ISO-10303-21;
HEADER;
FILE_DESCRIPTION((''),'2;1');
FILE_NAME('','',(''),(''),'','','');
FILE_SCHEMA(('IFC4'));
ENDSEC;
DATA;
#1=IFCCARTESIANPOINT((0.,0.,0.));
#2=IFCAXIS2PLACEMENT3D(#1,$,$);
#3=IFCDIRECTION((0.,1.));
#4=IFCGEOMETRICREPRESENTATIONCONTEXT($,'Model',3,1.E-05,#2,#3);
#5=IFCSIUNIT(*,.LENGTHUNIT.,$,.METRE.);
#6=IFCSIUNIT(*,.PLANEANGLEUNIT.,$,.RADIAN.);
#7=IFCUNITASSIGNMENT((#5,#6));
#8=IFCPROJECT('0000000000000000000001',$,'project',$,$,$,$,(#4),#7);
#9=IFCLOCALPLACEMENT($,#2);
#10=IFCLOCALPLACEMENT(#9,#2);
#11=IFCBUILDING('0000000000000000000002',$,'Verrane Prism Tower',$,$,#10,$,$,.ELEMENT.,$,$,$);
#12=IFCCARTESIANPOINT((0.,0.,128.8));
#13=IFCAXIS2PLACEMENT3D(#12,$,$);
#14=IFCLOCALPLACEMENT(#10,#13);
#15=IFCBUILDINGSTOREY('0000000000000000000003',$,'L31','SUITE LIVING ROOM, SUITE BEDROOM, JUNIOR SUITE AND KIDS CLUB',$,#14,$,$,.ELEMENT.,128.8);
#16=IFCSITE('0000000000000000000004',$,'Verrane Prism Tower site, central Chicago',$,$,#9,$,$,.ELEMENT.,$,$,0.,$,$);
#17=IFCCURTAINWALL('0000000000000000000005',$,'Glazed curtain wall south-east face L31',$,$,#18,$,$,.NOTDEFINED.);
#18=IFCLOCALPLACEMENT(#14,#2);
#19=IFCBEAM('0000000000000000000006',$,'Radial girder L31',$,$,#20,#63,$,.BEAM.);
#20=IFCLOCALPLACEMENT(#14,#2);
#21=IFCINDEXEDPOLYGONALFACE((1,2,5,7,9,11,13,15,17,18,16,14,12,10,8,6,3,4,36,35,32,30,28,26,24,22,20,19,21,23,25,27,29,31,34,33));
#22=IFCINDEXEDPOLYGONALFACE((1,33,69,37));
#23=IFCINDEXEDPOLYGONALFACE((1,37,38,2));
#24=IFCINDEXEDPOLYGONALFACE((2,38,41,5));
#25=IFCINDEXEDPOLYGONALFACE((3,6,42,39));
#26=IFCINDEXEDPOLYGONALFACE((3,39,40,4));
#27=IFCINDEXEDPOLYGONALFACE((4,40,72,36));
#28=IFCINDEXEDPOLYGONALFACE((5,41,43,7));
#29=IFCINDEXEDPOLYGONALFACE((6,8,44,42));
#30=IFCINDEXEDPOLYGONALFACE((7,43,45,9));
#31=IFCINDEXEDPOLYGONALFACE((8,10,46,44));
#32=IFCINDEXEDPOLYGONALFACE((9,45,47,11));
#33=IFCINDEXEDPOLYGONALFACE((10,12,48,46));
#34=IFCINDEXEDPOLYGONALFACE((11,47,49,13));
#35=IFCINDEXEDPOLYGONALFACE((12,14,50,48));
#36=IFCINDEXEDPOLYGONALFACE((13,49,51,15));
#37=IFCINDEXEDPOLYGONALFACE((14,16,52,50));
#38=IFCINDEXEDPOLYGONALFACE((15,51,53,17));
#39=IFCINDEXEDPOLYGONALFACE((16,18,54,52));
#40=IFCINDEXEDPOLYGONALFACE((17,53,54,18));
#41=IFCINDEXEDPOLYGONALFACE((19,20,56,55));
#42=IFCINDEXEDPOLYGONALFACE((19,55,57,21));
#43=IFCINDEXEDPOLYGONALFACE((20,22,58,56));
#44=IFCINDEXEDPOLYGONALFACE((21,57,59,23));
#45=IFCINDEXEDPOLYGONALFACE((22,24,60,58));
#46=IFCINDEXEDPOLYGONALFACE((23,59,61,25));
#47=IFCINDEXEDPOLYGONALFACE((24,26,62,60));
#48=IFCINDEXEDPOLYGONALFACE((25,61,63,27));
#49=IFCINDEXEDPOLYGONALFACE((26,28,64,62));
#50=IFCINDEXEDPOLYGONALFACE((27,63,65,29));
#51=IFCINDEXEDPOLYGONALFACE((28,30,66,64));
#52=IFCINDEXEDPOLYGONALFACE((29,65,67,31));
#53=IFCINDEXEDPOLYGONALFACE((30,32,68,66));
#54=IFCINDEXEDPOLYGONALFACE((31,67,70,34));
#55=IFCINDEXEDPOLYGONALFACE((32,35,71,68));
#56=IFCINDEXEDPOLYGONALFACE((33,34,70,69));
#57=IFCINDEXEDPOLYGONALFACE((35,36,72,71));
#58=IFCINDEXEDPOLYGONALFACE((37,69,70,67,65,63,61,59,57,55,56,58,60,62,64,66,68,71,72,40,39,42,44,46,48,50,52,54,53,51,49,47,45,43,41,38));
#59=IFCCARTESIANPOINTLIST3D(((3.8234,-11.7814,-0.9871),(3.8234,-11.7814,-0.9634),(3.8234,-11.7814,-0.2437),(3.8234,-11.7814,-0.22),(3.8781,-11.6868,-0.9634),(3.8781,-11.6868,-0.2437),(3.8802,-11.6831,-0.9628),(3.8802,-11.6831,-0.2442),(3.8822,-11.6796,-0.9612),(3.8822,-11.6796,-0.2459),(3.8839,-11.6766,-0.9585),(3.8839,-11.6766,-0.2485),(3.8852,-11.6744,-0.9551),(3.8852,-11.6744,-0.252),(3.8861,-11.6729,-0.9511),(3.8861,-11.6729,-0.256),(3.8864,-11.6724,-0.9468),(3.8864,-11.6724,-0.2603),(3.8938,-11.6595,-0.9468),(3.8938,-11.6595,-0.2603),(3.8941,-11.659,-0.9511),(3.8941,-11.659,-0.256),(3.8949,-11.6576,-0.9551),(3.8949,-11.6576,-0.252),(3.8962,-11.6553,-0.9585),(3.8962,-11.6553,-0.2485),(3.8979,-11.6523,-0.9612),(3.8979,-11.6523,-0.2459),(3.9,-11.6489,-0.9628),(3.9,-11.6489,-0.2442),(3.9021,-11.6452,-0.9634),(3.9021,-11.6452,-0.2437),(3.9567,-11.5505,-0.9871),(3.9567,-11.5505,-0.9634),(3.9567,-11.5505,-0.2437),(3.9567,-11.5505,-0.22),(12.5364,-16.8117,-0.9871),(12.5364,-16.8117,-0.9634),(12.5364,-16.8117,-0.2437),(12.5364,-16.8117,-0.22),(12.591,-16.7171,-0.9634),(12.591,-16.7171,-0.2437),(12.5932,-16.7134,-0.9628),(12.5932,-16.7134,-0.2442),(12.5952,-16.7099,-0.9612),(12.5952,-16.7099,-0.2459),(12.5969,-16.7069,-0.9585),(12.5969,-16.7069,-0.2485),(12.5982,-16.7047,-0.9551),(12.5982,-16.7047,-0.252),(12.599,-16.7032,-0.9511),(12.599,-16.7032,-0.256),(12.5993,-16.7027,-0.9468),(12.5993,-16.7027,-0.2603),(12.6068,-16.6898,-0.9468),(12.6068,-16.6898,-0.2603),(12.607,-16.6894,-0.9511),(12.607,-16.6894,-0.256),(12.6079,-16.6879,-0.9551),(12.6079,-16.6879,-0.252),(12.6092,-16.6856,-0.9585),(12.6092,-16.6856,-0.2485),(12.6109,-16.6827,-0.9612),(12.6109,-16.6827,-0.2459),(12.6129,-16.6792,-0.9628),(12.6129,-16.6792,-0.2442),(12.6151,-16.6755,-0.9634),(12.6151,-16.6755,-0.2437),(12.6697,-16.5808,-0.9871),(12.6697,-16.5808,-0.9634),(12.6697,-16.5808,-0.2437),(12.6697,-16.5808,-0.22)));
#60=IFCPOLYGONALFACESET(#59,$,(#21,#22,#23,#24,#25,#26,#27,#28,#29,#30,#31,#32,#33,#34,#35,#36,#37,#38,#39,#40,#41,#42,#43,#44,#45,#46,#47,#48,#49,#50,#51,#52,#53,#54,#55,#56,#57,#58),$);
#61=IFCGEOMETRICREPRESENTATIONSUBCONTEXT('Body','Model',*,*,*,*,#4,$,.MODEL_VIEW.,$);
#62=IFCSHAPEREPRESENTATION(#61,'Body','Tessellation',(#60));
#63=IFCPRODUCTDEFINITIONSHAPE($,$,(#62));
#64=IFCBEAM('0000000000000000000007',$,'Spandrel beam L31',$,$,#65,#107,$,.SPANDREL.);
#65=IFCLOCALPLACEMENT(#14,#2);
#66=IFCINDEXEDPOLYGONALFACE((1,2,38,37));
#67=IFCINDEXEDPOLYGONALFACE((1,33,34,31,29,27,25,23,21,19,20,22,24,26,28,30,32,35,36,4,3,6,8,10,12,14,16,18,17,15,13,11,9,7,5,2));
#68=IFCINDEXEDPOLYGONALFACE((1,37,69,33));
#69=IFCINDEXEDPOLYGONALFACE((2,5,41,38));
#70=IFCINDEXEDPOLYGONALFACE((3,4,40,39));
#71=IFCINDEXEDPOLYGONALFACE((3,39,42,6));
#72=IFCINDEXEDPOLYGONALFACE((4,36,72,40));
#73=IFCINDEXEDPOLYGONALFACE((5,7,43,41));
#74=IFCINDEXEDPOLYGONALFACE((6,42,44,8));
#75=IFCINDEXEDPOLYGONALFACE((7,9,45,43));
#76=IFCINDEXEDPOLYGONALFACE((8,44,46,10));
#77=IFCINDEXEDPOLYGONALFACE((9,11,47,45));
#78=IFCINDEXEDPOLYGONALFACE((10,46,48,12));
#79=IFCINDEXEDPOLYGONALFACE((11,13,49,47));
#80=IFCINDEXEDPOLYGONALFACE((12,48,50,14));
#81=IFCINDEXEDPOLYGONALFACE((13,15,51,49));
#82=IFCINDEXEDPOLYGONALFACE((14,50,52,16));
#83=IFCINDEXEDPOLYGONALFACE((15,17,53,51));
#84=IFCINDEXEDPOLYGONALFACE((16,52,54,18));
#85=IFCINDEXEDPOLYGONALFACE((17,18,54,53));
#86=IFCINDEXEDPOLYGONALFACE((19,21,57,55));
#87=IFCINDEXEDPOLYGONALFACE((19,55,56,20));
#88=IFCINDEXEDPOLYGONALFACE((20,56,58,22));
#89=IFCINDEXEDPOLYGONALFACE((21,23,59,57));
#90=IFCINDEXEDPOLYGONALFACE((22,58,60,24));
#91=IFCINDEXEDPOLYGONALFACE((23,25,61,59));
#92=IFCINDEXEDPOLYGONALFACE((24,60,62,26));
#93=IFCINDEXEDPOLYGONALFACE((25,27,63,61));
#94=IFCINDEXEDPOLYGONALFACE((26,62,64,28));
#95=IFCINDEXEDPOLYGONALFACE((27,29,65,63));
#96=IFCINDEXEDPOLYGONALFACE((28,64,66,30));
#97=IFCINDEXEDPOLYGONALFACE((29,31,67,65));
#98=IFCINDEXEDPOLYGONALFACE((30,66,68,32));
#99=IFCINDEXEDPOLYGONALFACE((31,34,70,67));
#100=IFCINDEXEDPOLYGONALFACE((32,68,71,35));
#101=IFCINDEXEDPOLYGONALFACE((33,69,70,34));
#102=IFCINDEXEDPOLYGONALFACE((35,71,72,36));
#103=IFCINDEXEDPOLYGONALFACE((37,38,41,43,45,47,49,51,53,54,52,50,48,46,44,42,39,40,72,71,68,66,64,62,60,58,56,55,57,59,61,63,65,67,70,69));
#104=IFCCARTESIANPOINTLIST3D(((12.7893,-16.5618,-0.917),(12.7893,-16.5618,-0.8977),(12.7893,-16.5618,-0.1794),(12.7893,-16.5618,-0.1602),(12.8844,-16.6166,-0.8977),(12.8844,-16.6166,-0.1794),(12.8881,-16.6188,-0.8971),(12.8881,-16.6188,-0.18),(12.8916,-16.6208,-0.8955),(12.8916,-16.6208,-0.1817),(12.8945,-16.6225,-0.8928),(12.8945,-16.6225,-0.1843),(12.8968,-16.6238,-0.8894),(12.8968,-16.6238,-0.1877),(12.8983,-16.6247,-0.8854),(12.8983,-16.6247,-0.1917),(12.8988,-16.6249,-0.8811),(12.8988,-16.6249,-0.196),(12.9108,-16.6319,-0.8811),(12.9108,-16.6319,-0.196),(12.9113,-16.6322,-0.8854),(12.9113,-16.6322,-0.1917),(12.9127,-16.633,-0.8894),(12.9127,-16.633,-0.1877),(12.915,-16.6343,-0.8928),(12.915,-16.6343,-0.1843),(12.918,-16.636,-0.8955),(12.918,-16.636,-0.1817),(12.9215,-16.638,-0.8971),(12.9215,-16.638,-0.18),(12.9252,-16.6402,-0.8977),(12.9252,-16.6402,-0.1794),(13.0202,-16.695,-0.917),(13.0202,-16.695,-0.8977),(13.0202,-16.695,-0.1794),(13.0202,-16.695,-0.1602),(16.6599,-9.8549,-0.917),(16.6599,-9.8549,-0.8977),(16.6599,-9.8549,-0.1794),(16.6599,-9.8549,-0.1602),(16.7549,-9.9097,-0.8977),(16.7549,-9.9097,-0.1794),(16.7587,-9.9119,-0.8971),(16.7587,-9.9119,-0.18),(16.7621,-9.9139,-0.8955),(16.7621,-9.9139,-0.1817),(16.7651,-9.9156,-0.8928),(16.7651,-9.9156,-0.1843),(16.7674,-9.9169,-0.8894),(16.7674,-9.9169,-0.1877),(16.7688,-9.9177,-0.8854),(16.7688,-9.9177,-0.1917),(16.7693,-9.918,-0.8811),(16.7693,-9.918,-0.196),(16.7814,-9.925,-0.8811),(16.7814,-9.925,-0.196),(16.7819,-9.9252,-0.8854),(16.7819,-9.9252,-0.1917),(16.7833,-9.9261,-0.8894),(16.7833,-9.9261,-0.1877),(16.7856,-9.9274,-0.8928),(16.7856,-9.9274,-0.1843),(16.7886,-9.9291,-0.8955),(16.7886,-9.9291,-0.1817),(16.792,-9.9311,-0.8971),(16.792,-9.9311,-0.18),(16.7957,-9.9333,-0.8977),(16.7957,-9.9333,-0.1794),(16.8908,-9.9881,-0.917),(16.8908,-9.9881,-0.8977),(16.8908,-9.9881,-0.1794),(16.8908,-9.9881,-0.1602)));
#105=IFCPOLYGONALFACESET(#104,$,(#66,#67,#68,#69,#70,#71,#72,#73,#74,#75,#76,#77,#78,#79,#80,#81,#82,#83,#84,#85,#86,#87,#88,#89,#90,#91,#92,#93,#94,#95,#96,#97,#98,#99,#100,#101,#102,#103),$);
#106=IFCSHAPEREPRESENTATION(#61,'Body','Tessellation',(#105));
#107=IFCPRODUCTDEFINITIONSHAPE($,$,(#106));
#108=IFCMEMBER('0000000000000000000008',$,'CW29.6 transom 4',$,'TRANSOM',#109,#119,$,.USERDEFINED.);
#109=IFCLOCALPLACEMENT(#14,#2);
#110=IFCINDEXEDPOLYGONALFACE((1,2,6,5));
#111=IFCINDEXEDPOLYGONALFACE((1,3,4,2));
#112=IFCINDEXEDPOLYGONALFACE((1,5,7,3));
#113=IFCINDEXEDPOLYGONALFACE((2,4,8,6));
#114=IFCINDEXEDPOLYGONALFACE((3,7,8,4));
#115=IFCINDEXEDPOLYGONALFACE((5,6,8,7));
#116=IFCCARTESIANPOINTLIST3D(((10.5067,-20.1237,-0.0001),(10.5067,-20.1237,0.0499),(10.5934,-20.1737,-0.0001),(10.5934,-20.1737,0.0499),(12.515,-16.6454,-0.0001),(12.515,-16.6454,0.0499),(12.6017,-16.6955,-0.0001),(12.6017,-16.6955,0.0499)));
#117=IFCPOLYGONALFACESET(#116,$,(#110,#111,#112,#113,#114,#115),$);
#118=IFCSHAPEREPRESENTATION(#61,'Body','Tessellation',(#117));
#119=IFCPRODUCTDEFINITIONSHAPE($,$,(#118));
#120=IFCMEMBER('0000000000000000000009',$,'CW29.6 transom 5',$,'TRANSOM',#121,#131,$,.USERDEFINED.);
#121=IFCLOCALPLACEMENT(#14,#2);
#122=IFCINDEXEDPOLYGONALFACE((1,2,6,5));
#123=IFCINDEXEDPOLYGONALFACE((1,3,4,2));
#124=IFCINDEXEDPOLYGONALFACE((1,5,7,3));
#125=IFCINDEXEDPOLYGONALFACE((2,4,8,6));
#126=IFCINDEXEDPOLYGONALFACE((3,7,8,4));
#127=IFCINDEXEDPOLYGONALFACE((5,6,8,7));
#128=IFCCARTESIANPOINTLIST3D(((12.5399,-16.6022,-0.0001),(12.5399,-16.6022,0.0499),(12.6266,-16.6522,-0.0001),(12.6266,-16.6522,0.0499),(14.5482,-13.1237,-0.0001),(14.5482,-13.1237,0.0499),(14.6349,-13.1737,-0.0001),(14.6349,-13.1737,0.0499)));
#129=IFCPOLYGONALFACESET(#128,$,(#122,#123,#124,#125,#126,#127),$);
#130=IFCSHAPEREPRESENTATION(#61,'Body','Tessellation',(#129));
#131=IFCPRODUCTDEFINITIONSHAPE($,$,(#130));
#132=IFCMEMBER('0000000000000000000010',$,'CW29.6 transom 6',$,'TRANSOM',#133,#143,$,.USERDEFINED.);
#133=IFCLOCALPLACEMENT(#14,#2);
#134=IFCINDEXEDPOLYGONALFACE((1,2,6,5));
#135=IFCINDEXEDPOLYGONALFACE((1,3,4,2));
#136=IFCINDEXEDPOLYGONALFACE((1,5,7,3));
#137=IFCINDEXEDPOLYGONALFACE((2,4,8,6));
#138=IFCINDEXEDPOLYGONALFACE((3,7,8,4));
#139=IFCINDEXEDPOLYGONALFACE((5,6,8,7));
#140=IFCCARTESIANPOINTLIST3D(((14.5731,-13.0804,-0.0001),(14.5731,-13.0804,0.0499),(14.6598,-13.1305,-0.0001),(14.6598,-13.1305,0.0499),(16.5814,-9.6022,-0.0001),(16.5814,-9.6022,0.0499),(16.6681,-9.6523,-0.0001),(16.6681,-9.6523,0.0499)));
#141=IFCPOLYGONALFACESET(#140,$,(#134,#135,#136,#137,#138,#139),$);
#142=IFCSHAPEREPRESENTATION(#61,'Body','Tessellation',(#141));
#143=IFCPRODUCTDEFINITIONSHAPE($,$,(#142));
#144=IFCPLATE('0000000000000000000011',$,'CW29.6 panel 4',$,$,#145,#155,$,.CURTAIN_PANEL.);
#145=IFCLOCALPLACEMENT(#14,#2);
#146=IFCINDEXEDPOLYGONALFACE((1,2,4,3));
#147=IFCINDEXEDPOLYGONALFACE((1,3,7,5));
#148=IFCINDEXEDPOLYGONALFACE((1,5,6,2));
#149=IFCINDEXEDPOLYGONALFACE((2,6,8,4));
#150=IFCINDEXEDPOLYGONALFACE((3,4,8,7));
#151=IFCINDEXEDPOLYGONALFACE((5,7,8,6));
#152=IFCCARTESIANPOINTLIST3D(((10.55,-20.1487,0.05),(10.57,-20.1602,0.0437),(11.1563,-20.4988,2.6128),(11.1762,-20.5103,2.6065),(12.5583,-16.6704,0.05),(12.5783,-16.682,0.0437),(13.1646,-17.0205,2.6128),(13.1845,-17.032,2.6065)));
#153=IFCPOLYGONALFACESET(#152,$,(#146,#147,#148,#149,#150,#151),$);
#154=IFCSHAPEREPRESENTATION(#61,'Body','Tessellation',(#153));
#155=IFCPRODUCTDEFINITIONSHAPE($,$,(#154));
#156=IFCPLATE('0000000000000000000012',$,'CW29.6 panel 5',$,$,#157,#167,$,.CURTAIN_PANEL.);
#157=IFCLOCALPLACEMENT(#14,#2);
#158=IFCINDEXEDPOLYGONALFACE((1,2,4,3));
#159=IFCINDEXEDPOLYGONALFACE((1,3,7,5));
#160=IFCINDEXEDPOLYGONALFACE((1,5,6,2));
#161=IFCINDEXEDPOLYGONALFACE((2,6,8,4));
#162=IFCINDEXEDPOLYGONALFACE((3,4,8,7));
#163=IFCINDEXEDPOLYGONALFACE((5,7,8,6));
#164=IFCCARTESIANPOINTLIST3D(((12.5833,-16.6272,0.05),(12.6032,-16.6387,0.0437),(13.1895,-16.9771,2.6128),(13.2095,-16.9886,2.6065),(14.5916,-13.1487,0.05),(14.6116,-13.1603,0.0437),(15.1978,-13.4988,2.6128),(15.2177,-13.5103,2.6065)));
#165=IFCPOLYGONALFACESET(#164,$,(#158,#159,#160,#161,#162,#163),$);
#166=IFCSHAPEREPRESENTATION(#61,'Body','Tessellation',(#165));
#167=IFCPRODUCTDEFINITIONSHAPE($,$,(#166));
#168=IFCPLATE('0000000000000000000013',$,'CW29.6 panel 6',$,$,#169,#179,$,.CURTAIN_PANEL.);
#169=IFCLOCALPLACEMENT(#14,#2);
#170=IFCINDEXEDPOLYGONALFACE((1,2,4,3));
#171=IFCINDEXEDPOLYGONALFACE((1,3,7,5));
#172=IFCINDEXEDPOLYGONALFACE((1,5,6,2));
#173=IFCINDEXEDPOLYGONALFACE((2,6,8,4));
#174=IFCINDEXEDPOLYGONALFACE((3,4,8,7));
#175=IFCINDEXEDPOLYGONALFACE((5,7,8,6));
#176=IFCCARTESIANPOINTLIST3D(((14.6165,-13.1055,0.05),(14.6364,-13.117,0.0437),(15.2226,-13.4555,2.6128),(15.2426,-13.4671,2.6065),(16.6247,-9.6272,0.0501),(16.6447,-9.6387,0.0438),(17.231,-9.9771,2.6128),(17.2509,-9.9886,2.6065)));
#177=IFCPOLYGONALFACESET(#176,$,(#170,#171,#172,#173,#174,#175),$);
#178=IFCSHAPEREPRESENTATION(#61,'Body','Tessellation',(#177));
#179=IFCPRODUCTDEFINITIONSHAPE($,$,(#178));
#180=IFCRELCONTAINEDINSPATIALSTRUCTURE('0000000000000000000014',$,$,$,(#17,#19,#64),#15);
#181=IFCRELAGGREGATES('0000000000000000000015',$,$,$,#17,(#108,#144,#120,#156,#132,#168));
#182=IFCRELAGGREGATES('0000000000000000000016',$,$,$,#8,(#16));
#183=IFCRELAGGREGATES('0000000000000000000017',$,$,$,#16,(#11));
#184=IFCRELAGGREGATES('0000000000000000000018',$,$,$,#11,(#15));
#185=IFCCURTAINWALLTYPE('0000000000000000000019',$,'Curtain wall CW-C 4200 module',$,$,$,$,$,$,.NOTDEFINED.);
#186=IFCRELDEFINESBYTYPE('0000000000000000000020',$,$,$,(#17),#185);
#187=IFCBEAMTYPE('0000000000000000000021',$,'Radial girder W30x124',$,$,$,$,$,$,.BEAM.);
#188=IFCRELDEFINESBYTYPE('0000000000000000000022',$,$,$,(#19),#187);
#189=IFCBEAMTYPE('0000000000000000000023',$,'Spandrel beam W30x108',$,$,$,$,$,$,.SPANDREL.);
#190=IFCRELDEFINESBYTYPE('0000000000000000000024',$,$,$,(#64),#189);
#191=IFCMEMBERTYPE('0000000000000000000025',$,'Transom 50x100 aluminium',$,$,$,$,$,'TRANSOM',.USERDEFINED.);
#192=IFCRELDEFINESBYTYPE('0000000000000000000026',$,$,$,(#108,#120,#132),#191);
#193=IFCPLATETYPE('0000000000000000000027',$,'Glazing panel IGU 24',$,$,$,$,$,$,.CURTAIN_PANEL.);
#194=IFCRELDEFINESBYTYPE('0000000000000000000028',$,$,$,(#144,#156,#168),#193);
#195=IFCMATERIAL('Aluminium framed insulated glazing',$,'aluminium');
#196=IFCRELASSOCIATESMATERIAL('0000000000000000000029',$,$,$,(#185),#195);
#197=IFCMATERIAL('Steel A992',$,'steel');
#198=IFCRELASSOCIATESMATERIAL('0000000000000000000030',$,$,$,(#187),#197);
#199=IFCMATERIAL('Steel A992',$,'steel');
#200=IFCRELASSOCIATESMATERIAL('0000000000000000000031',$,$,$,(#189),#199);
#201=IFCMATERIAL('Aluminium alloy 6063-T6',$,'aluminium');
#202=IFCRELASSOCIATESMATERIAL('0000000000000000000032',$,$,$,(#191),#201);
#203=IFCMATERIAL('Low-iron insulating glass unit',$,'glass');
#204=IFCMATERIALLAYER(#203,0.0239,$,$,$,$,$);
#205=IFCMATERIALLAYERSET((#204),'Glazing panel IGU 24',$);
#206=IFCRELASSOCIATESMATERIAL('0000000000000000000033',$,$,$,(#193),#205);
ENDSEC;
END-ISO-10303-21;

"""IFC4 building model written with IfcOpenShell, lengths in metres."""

from ifc_helpers import new_model, si_unit, direction, frame, origin, origin_2d, place, context, subcontext, project, spatial, polyline, rectangle, i_section, outline, extrude, material, layer, layer_set, material_profile, profile_set, type_object, element, aggregate, save


model = new_model("IFC4")

# Units and contexts
model_context = context("Model", 3, precision=1e-05, world=origin(), true_north=direction((0.0, 1.0)))
body_context = subcontext(model_context, "Body", "Model", "MODEL_VIEW")
ifc_project = project(units=[si_unit("LENGTHUNIT", "METRE"), si_unit("PLANEANGLEUNIT", "RADIAN")], contexts=[model_context])

# Site, building, storey
site_placement = place(None, origin())
site = spatial("IfcSite", under=ifc_project, at=site_placement, Name="Verrane Prism Tower site, central Chicago", CompositionType="ELEMENT", RefElevation=0.0)
building_placement = place(site_placement, origin())
building = spatial("IfcBuilding", under=site, at=building_placement, Name="Verrane Prism Tower", CompositionType="ELEMENT")
storey_placement = place(building_placement, frame((0.0, 0.0, 128.8)))
storey = spatial("IfcBuildingStorey", under=building, at=storey_placement, Name="L31", Description="SUITE LIVING ROOM, SUITE BEDROOM, JUNIOR SUITE AND KIDS CLUB", CompositionType="ELEMENT", Elevation=128.8)

# Curtain wall
ifc_material_1 = material(Name="Aluminium framed insulated glazing", Category="aluminium")
curtain_wall_type = type_object("IfcCurtainWallType", Name="Curtain wall CW-C 4200 module", PredefinedType="NOTDEFINED", material=ifc_material_1)
curtain_wall_placement = place(storey_placement, origin())
curtain_wall = element("IfcCurtainWall", 1, at=curtain_wall_placement, inside=storey, type_object=curtain_wall_type, Name="Glazed curtain wall south-east face L31", PredefinedType="NOTDEFINED")

# Beams
ifc_material_2 = material(Name="Steel A992", Category="steel")
ifc_material_profile_1 = material_profile(ifc_material_2, i_section(OverallWidth=0.2666, OverallDepth=0.7671, WebThickness=0.0149, FlangeThickness=0.0237, FilletRadius=0.0166, at=origin_2d()), Name="W30x124")
ifc_profile_set_1 = profile_set([ifc_material_profile_1], Name="Steel A992")
beam_type_1 = type_object("IfcBeamType", Name="Radial girder W30x124", PredefinedType="BEAM", material=ifc_profile_set_1)
beam_1_placement = place(storey_placement, frame((12.603, -16.6963, -0.6035), z_axis=(-0.86603, 0.499991, 0.0), x_axis=(-0.499991, -0.86603, 0.0)))
element("IfcBeam", 2, at=beam_1_placement, inside=storey, type_object=beam_type_1, Name="Radial girder L31", PredefinedType="BEAM", context=body_context, shape_type="SweptSolid", body=[
    extrude(i_section(OverallWidth=0.2666, OverallDepth=0.7671, WebThickness=0.0149, FlangeThickness=0.0237, FilletRadius=0.0166, at=origin_2d()), origin(), (0.0, 0.0, 1.0), 10.0608),
])
ifc_material_3 = material(Name="Steel A992", Category="steel")
ifc_material_profile_2 = material_profile(ifc_material_3, i_section(OverallWidth=0.2666, OverallDepth=0.7568, WebThickness=0.0139, FlangeThickness=0.0193, FilletRadius=0.0166, at=origin_2d()), Name="W30x108")
ifc_profile_set_2 = profile_set([ifc_material_profile_2], Name="Steel A992")
beam_type_2 = type_object("IfcBeamType", Name="Spandrel beam W30x108", PredefinedType="SPANDREL", material=ifc_profile_set_2)
beam_2_placement = place(storey_placement, frame((12.9048, -16.6284, -0.5386), z_axis=(0.499835, 0.86612, 0.0), x_axis=(-0.86612, 0.499835, 0.0)))
element("IfcBeam", 3, at=beam_2_placement, inside=storey, type_object=beam_type_2, Name="Spandrel beam L31", PredefinedType="SPANDREL", context=body_context, shape_type="SweptSolid", body=[
    extrude(i_section(OverallWidth=0.2666, OverallDepth=0.7568, WebThickness=0.0139, FlangeThickness=0.0193, FilletRadius=0.0166, at=origin_2d()), origin(), (0.0, 0.0, 1.0), 7.7437),
])

# Members
ifc_material_4 = material(Name="Aluminium alloy 6063-T6", Category="aluminium")
ifc_material_profile_3 = material_profile(ifc_material_4, rectangle(XDim=0.1001, YDim=0.05, at=origin_2d()), Name="Transom 50x100 aluminium")
ifc_profile_set_3 = profile_set([ifc_material_profile_3], Name="Aluminium alloy 6063-T6")
member_type_1 = type_object("IfcMemberType", Name="Transom 50x100 aluminium", ElementType="TRANSOM", PredefinedType="USERDEFINED", material=ifc_profile_set_3)
member_1_placement = place(storey_placement, frame((10.55, -20.1487, 0.0249), z_axis=(0.500022, 0.866012, 0.0), x_axis=(-0.866012, 0.500022, 0.0)))
member_1 = element("IfcMember", 4, at=member_1_placement, type_object=member_type_1, Name="CW29.6 transom 4", ObjectType="TRANSOM", PredefinedType="USERDEFINED", context=body_context, shape_type="SweptSolid", body=[
    extrude(rectangle(XDim=0.1001, YDim=0.05, at=origin_2d()), origin(), (0.0, 0.0, 1.0), 4.0164),
])
member_2_placement = place(storey_placement, frame((12.5833, -16.6272, 0.0249), z_axis=(0.499996, 0.866028, 0.0), x_axis=(-0.866028, 0.499996, 0.0)))
member_2 = element("IfcMember", 5, at=member_2_placement, type_object=member_type_1, Name="CW29.6 transom 5", ObjectType="TRANSOM", PredefinedType="USERDEFINED", context=body_context, shape_type="SweptSolid", body=[
    extrude(rectangle(XDim=0.1001, YDim=0.05, at=origin_2d()), origin(), (0.0, 0.0, 1.0), 4.0166),
])
member_3_placement = place(storey_placement, frame((14.6165, -13.1055, 0.0249), z_axis=(0.500022, 0.866012, 0.0), x_axis=(-0.866012, 0.500022, 0.0)))
member_3 = element("IfcMember", 6, at=member_3_placement, type_object=member_type_1, Name="CW29.6 transom 6", ObjectType="TRANSOM", PredefinedType="USERDEFINED", context=body_context, shape_type="SweptSolid", body=[
    extrude(rectangle(XDim=0.1001, YDim=0.05, at=origin_2d()), origin(), (0.0, 0.0, 1.0), 4.0164),
])

# Plates
ifc_material_5 = material(Name="Low-iron insulating glass unit", Category="glass")
ifc_layer_1 = layer(ifc_material_5, 0.0239)
ifc_layer_set_1 = layer_set([ifc_layer_1], Name="Glazing panel IGU 24")
plate_type = type_object("IfcPlateType", Name="Glazing panel IGU 24", PredefinedType="CURTAIN_PANEL", material=ifc_layer_set_1)
plate_1_placement = place(storey_placement, frame((10.55, -20.1487, 0.05), z_axis=(-0.835406, 0.482351, 0.263504), x_axis=(0.500022, 0.866012, 0.0)))
plate_1 = element("IfcPlate", 7, at=plate_1_placement, type_object=plate_type, Name="CW29.6 panel 4", PredefinedType="CURTAIN_PANEL", context=body_context, shape_type="SweptSolid", body=[
    extrude(outline(polyline([(0.0, 0.0), (4.0164, 0.0), (4.0163, -2.6566), (-0.0001, -2.6566), (0.0, 0.0)])), origin(), (0.0, 0.0, -1.0), 0.0239),
])
plate_2_placement = place(storey_placement, frame((12.5833, -16.6272, 0.05), z_axis=(-0.835418, 0.482341, 0.263483), x_axis=(0.500008, 0.866021, -0.000004)))
plate_2 = element("IfcPlate", 8, at=plate_2_placement, type_object=plate_type, Name="CW29.6 panel 5", PredefinedType="CURTAIN_PANEL", context=body_context, shape_type="SweptSolid", body=[
    extrude(outline(polyline([(0.0, 0.0), (4.0166, 0.0), (4.0165, -2.6566), (0.0001, -2.6566), (0.0, 0.0)])), origin(), (0.0, 0.0, -1.0), 0.0239),
])
plate_3_placement = place(storey_placement, frame((14.6165, -13.1055, 0.05), z_axis=(-0.835418, 0.482341, 0.263483), x_axis=(0.50001, 0.86602, 0.000004)))
plate_3 = element("IfcPlate", 9, at=plate_3_placement, type_object=plate_type, Name="CW29.6 panel 6", PredefinedType="CURTAIN_PANEL", context=body_context, shape_type="SweptSolid", body=[
    extrude(outline(polyline([(0.0, 0.0), (4.0164, 0.0), (4.0166, -2.6566), (-0.0001, -2.6566), (0.0, 0.0)])), origin(), (0.0, 0.0, -1.0), 0.0239),
])
aggregate(curtain_wall, [member_1, plate_1, member_2, plate_2, member_3, plate_3])

save(model, "model.ifc")
